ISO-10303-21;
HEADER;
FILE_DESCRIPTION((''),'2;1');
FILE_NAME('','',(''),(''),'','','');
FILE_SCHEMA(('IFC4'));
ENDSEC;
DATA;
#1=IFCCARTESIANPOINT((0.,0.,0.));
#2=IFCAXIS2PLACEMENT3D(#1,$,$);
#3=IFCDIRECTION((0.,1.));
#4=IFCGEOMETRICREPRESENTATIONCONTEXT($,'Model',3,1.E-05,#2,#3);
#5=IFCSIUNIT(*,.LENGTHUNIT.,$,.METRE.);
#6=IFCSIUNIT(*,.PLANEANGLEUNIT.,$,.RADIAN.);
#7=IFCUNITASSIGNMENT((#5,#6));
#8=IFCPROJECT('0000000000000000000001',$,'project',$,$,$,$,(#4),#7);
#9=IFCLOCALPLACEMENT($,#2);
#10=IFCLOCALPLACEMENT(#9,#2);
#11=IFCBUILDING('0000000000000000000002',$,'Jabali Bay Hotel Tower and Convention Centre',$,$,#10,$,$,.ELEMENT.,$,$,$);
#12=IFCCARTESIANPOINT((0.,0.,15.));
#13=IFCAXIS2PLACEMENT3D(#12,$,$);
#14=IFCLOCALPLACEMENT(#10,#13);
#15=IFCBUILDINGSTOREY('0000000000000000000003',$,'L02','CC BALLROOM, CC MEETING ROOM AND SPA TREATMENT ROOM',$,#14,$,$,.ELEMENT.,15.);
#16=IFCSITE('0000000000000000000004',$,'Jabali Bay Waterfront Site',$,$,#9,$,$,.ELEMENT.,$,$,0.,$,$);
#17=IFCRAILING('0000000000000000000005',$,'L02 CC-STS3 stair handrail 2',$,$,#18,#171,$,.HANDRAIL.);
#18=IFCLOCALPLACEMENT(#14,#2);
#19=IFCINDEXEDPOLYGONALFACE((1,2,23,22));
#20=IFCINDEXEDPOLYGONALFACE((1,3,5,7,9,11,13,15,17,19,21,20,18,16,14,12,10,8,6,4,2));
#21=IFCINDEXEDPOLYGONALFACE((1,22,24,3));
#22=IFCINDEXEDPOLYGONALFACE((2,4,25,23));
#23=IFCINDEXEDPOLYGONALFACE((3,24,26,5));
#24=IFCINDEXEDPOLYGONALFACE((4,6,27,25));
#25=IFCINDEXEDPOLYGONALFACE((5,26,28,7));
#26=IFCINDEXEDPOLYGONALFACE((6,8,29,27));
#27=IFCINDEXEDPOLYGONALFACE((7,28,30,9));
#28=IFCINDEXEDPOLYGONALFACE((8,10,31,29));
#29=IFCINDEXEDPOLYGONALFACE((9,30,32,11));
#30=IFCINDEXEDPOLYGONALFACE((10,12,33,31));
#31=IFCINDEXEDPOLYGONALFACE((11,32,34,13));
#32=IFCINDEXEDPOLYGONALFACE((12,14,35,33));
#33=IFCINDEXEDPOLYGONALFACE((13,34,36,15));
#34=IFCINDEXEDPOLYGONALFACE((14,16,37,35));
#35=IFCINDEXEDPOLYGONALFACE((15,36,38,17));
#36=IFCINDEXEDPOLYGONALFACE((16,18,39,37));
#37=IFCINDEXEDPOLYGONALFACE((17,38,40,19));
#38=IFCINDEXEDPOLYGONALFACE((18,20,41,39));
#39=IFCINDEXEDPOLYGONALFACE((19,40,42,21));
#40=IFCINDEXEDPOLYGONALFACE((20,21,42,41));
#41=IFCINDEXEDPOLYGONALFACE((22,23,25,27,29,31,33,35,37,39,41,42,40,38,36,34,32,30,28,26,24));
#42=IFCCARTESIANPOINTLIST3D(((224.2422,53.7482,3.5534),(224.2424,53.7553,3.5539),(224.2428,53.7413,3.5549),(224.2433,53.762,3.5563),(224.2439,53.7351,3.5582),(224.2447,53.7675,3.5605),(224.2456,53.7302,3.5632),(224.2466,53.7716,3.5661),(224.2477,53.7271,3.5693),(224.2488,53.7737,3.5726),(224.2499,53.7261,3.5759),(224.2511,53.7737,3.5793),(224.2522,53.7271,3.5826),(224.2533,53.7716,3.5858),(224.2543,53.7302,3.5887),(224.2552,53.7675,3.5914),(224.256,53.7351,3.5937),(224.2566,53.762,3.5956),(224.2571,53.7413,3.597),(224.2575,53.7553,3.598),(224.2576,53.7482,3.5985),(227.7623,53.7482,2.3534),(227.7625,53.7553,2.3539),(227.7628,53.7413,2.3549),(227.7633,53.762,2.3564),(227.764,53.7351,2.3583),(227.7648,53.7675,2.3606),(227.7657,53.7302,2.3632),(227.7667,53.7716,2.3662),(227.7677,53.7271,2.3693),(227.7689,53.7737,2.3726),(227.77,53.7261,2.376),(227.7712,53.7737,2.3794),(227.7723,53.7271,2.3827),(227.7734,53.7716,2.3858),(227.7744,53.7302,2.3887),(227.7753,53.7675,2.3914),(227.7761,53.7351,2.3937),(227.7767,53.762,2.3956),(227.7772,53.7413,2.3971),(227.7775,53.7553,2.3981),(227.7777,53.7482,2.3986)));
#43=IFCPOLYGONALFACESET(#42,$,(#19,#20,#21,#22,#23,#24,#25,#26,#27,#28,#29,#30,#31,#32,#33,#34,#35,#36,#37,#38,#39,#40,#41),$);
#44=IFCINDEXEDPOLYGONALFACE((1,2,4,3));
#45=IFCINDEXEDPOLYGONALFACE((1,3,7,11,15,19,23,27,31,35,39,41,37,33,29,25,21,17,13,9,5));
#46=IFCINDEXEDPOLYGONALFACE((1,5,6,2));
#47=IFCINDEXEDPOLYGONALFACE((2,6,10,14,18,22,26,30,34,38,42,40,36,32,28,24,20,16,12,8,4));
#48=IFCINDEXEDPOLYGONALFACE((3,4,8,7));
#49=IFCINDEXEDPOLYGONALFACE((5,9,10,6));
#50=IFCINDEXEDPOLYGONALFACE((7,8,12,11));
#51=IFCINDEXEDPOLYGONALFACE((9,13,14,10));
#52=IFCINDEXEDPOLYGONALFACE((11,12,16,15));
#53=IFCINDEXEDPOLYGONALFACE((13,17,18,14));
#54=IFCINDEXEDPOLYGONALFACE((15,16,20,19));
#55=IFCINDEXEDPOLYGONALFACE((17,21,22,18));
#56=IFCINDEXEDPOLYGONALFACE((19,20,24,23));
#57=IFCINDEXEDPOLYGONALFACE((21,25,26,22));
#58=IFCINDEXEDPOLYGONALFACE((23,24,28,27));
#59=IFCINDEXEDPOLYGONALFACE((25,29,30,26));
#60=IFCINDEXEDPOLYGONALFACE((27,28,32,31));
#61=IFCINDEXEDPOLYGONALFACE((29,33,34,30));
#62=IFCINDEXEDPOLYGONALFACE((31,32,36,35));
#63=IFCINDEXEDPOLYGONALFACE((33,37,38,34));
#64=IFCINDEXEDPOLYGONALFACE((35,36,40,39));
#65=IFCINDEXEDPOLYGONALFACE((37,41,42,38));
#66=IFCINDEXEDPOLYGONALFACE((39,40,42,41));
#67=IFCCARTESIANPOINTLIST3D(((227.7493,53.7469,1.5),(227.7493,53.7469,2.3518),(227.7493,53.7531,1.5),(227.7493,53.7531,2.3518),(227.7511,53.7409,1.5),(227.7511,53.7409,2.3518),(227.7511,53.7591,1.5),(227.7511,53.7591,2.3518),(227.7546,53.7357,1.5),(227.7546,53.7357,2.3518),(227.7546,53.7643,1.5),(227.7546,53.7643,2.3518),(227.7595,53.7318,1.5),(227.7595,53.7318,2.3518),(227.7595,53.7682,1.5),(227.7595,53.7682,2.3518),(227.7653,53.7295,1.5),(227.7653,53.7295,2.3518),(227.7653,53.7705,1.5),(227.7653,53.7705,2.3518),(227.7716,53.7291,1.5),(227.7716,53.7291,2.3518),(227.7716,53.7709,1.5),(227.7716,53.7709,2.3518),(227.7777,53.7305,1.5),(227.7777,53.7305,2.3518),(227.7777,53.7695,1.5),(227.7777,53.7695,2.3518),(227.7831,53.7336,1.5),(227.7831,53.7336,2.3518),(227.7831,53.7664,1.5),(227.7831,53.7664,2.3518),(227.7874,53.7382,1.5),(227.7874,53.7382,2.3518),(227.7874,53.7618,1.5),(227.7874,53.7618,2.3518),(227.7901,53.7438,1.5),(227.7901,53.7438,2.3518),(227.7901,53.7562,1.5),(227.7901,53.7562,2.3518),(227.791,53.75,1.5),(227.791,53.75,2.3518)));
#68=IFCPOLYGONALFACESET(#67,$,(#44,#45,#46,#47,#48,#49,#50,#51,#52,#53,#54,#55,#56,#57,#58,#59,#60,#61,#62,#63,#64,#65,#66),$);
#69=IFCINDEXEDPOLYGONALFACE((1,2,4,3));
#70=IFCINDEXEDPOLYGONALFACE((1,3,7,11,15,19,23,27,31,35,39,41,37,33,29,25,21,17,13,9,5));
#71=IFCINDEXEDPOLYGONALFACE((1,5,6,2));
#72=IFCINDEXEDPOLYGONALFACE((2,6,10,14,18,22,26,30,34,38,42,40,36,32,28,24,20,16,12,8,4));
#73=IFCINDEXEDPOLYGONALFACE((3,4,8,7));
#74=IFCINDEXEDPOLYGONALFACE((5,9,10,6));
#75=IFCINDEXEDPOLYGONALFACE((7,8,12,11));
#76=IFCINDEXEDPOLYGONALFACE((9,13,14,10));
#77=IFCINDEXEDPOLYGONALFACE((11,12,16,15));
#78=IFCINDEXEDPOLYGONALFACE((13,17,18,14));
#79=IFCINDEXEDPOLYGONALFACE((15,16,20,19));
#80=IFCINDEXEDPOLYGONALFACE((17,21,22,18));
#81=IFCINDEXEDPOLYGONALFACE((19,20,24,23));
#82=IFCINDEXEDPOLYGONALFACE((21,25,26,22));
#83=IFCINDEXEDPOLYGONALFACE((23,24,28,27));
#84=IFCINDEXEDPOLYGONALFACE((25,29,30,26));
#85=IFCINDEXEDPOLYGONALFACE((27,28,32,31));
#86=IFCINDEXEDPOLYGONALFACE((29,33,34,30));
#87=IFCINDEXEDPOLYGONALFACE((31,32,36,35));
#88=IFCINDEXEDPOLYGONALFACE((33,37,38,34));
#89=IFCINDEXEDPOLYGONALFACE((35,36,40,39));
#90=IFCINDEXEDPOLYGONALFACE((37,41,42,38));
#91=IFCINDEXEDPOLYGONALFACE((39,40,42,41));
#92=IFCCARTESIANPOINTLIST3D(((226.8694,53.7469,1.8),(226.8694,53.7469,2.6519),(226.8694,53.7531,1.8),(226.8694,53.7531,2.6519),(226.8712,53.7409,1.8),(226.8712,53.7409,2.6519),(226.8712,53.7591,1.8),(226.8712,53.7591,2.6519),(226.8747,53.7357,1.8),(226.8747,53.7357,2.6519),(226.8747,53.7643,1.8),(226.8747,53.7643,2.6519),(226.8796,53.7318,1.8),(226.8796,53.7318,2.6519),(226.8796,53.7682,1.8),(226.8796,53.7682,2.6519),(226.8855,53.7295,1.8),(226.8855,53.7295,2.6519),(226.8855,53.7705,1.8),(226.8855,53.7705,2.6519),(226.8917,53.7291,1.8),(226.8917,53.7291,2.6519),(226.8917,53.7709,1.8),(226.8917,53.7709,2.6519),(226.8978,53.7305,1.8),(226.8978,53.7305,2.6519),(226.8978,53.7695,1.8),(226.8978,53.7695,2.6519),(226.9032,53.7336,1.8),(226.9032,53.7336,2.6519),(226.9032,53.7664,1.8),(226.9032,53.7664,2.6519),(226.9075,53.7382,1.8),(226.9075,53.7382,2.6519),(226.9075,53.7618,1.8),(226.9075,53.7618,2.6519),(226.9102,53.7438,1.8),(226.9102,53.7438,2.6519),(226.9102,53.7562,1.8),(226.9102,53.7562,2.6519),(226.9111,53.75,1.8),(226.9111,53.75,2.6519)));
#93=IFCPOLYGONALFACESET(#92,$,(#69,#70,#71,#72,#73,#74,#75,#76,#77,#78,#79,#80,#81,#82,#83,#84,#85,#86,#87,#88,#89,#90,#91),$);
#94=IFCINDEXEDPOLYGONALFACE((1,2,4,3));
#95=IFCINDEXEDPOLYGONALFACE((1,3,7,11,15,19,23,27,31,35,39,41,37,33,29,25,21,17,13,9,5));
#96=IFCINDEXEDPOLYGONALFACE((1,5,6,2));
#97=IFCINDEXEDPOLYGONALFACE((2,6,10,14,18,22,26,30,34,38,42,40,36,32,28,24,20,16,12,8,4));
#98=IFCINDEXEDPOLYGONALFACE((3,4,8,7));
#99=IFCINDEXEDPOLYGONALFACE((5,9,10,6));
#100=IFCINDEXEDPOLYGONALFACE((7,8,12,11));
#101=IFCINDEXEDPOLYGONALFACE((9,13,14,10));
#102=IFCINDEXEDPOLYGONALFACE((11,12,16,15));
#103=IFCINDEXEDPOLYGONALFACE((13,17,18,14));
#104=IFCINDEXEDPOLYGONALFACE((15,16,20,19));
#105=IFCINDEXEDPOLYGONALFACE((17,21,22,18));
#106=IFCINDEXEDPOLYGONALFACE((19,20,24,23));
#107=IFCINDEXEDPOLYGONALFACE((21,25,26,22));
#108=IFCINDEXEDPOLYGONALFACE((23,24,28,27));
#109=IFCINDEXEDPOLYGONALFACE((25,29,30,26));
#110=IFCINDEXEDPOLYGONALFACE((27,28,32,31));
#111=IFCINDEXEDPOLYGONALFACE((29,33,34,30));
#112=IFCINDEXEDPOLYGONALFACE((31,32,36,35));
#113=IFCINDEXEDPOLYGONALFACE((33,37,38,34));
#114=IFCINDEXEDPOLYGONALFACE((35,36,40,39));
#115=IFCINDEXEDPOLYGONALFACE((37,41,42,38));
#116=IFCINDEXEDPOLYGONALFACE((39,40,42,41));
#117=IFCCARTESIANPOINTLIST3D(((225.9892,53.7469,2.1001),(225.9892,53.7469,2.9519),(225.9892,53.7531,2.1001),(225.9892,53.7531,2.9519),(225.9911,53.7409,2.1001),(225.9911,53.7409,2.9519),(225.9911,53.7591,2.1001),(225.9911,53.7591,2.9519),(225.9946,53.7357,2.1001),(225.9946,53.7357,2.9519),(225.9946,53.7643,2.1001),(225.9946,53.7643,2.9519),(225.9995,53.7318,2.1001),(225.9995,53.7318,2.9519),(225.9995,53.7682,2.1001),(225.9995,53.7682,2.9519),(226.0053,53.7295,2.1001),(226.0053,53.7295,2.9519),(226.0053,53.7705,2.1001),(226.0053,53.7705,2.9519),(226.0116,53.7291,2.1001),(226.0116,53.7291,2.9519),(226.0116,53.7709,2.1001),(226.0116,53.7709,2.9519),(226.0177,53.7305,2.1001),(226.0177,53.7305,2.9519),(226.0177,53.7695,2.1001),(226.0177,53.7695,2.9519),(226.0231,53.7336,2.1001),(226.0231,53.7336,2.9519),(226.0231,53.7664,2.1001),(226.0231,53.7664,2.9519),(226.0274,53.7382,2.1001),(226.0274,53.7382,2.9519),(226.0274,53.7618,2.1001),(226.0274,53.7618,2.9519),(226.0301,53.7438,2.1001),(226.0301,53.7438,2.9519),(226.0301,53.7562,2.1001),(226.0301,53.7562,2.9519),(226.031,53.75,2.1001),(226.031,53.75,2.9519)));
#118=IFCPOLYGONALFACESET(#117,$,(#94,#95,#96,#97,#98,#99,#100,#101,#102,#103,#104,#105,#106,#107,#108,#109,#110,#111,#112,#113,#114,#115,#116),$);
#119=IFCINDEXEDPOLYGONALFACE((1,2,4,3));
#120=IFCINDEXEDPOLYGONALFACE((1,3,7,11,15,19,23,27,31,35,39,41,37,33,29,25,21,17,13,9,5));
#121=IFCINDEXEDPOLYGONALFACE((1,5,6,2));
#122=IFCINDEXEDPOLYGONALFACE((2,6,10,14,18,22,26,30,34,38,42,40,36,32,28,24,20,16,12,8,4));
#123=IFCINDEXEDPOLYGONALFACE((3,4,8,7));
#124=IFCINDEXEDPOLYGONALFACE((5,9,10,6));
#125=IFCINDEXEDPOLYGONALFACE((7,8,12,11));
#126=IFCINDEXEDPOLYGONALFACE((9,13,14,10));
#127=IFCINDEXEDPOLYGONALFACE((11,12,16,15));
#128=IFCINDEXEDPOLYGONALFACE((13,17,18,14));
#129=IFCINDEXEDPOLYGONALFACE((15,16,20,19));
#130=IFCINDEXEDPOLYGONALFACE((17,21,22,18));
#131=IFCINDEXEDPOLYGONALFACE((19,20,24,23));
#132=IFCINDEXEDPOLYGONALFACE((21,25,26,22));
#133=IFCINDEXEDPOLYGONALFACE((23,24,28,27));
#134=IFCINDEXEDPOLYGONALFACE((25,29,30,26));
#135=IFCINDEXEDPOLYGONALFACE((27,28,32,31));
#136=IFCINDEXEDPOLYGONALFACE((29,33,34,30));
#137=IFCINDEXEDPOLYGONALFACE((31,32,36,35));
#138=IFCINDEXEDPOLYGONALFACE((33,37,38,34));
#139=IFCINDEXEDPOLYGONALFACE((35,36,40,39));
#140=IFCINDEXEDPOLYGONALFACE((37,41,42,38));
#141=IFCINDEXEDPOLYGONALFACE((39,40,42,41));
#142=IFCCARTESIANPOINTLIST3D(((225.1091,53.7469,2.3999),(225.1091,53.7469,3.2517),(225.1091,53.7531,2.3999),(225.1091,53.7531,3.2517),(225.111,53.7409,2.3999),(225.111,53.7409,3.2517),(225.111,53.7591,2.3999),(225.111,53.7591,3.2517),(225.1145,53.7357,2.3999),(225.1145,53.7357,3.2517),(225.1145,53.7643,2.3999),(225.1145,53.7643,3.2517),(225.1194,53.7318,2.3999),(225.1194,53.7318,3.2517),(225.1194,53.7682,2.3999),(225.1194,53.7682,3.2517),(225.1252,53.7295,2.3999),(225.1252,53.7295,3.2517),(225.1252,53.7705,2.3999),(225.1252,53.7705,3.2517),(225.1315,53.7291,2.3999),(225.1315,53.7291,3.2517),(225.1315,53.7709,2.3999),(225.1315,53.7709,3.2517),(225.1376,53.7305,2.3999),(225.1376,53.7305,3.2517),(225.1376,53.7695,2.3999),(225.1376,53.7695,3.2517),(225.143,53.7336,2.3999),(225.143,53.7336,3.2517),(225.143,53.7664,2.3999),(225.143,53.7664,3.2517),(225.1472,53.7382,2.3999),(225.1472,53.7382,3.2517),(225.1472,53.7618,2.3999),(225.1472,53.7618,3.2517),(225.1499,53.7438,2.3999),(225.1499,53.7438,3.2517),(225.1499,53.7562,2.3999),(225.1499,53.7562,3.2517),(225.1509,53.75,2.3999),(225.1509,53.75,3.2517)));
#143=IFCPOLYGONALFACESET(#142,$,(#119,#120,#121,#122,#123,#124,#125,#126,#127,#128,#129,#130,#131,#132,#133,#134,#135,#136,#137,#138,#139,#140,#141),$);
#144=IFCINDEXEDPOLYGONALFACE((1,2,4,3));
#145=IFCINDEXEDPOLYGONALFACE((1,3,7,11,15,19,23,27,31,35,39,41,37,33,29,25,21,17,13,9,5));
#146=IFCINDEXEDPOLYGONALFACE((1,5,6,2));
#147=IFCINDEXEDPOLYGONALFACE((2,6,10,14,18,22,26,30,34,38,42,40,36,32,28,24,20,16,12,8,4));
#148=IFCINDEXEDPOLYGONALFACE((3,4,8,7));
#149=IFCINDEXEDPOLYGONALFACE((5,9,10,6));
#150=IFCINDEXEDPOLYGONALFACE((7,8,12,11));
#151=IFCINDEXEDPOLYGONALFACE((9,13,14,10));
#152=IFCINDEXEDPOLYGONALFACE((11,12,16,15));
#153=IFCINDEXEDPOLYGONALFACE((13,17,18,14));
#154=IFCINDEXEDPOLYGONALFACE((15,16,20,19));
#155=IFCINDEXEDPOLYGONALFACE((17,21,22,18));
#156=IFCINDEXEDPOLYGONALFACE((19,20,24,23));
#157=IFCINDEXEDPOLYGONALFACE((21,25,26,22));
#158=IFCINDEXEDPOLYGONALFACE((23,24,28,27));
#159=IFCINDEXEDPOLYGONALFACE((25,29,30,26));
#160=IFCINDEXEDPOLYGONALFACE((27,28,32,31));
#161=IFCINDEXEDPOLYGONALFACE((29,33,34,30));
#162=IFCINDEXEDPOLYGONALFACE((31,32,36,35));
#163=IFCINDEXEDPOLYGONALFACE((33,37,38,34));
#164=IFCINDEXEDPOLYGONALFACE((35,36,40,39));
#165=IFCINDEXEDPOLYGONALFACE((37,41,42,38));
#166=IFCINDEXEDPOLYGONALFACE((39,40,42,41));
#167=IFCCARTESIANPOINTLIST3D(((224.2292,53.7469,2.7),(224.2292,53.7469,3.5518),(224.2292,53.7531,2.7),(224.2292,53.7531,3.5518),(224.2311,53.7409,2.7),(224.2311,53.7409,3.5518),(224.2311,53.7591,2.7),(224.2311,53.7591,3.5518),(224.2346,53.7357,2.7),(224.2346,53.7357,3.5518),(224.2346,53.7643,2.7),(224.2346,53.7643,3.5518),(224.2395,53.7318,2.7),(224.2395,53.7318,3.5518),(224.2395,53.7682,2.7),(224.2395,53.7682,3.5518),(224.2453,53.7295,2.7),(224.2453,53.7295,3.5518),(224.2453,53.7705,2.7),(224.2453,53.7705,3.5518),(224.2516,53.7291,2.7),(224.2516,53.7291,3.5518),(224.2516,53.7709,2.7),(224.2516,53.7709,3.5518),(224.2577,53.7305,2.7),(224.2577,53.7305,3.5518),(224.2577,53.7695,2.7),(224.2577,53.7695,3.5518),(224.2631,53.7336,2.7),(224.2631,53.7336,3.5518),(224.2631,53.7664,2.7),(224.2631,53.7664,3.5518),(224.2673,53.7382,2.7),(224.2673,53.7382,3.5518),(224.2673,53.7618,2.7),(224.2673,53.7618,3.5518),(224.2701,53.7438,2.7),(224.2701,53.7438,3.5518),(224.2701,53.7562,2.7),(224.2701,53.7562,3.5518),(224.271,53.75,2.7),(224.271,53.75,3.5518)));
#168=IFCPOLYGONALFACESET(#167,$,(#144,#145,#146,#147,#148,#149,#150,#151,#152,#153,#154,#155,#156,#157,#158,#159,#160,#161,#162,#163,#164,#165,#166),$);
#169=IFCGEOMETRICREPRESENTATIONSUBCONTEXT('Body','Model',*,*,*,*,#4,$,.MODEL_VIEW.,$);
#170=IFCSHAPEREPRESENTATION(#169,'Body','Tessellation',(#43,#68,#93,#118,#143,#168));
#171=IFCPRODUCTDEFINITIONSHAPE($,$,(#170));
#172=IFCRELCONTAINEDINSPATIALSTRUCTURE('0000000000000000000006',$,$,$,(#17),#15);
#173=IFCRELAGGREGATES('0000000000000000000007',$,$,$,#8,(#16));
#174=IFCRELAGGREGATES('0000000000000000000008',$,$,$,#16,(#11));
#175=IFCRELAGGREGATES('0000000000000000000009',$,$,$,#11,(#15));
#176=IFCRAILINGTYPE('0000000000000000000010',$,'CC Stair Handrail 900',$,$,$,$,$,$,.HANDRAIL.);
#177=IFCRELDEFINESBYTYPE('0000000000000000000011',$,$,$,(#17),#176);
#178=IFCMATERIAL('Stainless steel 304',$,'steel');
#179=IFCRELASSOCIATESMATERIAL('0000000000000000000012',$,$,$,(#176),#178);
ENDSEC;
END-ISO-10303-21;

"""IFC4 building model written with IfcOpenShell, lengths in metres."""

from ifc_helpers import new_model, si_unit, direction, frame, origin, origin_2d, place, context, subcontext, project, spatial, circle, extrude, material, type_object, element, save


model = new_model("IFC4")

# Units and contexts
model_context = context("Model", 3, precision=1e-05, world=origin(), true_north=direction((0.0, 1.0)))
body_context = subcontext(model_context, "Body", "Model", "MODEL_VIEW")
ifc_project = project(units=[si_unit("LENGTHUNIT", "METRE"), si_unit("PLANEANGLEUNIT", "RADIAN")], contexts=[model_context])

# Site, building, storey
site_placement = place(None, origin())
site = spatial("IfcSite", under=ifc_project, at=site_placement, Name="Jabali Bay Waterfront Site", CompositionType="ELEMENT", RefElevation=0.0)
building_placement = place(site_placement, origin())
building = spatial("IfcBuilding", under=site, at=building_placement, Name="Jabali Bay Hotel Tower and Convention Centre", CompositionType="ELEMENT")
storey_placement = place(building_placement, frame((0.0, 0.0, 15.0)))
storey = spatial("IfcBuildingStorey", under=building, at=storey_placement, Name="L02", Description="CC BALLROOM, CC MEETING ROOM AND SPA TREATMENT ROOM", CompositionType="ELEMENT", Elevation=15.0)

# Railing
ifc_material_1 = material(Name="Stainless steel 304", Category="steel")
railing_type_1 = type_object("IfcRailingType", Name="CC Stair Handrail 900", PredefinedType="HANDRAIL", material=ifc_material_1)
railing_1_placement = place(storey_placement, frame((227.77, 53.75, 1.5)))
element("IfcRailing", 1, at=railing_1_placement, inside=storey, type_object=railing_type_1, Name="L02 CC-STS3 stair handrail 2", PredefinedType="HANDRAIL", context=body_context, shape_type="SweptSolid", body=[
    extrude(circle(Radius=0.0239, at=origin_2d()), frame((0.0, 0.0, 0.876), z_axis=(-0.946515, 0.0, 0.322661), x_axis=(0.0, -1.0, 0.0)), (0.0, 0.0, 1.0), 3.719),
    extrude(circle(Radius=0.021, at=origin_2d()), origin(), (0.0, 0.0, 1.0), 0.8518),
    extrude(circle(Radius=0.021, at=origin_2d()), frame((-0.8799, 0.0, 0.3)), (0.0, 0.0, 1.0), 0.8518),
    extrude(circle(Radius=0.021, at=origin_2d()), frame((-1.76, 0.0, 0.6001)), (0.0, 0.0, 1.0), 0.8518),
    extrude(circle(Radius=0.021, at=origin_2d()), frame((-2.6401, 0.0, 0.8999)), (0.0, 0.0, 1.0), 0.8518),
    extrude(circle(Radius=0.021, at=origin_2d()), frame((-3.52, 0.0, 1.2)), (0.0, 0.0, 1.0), 0.8518),
])

save(model, "model.ifc")
